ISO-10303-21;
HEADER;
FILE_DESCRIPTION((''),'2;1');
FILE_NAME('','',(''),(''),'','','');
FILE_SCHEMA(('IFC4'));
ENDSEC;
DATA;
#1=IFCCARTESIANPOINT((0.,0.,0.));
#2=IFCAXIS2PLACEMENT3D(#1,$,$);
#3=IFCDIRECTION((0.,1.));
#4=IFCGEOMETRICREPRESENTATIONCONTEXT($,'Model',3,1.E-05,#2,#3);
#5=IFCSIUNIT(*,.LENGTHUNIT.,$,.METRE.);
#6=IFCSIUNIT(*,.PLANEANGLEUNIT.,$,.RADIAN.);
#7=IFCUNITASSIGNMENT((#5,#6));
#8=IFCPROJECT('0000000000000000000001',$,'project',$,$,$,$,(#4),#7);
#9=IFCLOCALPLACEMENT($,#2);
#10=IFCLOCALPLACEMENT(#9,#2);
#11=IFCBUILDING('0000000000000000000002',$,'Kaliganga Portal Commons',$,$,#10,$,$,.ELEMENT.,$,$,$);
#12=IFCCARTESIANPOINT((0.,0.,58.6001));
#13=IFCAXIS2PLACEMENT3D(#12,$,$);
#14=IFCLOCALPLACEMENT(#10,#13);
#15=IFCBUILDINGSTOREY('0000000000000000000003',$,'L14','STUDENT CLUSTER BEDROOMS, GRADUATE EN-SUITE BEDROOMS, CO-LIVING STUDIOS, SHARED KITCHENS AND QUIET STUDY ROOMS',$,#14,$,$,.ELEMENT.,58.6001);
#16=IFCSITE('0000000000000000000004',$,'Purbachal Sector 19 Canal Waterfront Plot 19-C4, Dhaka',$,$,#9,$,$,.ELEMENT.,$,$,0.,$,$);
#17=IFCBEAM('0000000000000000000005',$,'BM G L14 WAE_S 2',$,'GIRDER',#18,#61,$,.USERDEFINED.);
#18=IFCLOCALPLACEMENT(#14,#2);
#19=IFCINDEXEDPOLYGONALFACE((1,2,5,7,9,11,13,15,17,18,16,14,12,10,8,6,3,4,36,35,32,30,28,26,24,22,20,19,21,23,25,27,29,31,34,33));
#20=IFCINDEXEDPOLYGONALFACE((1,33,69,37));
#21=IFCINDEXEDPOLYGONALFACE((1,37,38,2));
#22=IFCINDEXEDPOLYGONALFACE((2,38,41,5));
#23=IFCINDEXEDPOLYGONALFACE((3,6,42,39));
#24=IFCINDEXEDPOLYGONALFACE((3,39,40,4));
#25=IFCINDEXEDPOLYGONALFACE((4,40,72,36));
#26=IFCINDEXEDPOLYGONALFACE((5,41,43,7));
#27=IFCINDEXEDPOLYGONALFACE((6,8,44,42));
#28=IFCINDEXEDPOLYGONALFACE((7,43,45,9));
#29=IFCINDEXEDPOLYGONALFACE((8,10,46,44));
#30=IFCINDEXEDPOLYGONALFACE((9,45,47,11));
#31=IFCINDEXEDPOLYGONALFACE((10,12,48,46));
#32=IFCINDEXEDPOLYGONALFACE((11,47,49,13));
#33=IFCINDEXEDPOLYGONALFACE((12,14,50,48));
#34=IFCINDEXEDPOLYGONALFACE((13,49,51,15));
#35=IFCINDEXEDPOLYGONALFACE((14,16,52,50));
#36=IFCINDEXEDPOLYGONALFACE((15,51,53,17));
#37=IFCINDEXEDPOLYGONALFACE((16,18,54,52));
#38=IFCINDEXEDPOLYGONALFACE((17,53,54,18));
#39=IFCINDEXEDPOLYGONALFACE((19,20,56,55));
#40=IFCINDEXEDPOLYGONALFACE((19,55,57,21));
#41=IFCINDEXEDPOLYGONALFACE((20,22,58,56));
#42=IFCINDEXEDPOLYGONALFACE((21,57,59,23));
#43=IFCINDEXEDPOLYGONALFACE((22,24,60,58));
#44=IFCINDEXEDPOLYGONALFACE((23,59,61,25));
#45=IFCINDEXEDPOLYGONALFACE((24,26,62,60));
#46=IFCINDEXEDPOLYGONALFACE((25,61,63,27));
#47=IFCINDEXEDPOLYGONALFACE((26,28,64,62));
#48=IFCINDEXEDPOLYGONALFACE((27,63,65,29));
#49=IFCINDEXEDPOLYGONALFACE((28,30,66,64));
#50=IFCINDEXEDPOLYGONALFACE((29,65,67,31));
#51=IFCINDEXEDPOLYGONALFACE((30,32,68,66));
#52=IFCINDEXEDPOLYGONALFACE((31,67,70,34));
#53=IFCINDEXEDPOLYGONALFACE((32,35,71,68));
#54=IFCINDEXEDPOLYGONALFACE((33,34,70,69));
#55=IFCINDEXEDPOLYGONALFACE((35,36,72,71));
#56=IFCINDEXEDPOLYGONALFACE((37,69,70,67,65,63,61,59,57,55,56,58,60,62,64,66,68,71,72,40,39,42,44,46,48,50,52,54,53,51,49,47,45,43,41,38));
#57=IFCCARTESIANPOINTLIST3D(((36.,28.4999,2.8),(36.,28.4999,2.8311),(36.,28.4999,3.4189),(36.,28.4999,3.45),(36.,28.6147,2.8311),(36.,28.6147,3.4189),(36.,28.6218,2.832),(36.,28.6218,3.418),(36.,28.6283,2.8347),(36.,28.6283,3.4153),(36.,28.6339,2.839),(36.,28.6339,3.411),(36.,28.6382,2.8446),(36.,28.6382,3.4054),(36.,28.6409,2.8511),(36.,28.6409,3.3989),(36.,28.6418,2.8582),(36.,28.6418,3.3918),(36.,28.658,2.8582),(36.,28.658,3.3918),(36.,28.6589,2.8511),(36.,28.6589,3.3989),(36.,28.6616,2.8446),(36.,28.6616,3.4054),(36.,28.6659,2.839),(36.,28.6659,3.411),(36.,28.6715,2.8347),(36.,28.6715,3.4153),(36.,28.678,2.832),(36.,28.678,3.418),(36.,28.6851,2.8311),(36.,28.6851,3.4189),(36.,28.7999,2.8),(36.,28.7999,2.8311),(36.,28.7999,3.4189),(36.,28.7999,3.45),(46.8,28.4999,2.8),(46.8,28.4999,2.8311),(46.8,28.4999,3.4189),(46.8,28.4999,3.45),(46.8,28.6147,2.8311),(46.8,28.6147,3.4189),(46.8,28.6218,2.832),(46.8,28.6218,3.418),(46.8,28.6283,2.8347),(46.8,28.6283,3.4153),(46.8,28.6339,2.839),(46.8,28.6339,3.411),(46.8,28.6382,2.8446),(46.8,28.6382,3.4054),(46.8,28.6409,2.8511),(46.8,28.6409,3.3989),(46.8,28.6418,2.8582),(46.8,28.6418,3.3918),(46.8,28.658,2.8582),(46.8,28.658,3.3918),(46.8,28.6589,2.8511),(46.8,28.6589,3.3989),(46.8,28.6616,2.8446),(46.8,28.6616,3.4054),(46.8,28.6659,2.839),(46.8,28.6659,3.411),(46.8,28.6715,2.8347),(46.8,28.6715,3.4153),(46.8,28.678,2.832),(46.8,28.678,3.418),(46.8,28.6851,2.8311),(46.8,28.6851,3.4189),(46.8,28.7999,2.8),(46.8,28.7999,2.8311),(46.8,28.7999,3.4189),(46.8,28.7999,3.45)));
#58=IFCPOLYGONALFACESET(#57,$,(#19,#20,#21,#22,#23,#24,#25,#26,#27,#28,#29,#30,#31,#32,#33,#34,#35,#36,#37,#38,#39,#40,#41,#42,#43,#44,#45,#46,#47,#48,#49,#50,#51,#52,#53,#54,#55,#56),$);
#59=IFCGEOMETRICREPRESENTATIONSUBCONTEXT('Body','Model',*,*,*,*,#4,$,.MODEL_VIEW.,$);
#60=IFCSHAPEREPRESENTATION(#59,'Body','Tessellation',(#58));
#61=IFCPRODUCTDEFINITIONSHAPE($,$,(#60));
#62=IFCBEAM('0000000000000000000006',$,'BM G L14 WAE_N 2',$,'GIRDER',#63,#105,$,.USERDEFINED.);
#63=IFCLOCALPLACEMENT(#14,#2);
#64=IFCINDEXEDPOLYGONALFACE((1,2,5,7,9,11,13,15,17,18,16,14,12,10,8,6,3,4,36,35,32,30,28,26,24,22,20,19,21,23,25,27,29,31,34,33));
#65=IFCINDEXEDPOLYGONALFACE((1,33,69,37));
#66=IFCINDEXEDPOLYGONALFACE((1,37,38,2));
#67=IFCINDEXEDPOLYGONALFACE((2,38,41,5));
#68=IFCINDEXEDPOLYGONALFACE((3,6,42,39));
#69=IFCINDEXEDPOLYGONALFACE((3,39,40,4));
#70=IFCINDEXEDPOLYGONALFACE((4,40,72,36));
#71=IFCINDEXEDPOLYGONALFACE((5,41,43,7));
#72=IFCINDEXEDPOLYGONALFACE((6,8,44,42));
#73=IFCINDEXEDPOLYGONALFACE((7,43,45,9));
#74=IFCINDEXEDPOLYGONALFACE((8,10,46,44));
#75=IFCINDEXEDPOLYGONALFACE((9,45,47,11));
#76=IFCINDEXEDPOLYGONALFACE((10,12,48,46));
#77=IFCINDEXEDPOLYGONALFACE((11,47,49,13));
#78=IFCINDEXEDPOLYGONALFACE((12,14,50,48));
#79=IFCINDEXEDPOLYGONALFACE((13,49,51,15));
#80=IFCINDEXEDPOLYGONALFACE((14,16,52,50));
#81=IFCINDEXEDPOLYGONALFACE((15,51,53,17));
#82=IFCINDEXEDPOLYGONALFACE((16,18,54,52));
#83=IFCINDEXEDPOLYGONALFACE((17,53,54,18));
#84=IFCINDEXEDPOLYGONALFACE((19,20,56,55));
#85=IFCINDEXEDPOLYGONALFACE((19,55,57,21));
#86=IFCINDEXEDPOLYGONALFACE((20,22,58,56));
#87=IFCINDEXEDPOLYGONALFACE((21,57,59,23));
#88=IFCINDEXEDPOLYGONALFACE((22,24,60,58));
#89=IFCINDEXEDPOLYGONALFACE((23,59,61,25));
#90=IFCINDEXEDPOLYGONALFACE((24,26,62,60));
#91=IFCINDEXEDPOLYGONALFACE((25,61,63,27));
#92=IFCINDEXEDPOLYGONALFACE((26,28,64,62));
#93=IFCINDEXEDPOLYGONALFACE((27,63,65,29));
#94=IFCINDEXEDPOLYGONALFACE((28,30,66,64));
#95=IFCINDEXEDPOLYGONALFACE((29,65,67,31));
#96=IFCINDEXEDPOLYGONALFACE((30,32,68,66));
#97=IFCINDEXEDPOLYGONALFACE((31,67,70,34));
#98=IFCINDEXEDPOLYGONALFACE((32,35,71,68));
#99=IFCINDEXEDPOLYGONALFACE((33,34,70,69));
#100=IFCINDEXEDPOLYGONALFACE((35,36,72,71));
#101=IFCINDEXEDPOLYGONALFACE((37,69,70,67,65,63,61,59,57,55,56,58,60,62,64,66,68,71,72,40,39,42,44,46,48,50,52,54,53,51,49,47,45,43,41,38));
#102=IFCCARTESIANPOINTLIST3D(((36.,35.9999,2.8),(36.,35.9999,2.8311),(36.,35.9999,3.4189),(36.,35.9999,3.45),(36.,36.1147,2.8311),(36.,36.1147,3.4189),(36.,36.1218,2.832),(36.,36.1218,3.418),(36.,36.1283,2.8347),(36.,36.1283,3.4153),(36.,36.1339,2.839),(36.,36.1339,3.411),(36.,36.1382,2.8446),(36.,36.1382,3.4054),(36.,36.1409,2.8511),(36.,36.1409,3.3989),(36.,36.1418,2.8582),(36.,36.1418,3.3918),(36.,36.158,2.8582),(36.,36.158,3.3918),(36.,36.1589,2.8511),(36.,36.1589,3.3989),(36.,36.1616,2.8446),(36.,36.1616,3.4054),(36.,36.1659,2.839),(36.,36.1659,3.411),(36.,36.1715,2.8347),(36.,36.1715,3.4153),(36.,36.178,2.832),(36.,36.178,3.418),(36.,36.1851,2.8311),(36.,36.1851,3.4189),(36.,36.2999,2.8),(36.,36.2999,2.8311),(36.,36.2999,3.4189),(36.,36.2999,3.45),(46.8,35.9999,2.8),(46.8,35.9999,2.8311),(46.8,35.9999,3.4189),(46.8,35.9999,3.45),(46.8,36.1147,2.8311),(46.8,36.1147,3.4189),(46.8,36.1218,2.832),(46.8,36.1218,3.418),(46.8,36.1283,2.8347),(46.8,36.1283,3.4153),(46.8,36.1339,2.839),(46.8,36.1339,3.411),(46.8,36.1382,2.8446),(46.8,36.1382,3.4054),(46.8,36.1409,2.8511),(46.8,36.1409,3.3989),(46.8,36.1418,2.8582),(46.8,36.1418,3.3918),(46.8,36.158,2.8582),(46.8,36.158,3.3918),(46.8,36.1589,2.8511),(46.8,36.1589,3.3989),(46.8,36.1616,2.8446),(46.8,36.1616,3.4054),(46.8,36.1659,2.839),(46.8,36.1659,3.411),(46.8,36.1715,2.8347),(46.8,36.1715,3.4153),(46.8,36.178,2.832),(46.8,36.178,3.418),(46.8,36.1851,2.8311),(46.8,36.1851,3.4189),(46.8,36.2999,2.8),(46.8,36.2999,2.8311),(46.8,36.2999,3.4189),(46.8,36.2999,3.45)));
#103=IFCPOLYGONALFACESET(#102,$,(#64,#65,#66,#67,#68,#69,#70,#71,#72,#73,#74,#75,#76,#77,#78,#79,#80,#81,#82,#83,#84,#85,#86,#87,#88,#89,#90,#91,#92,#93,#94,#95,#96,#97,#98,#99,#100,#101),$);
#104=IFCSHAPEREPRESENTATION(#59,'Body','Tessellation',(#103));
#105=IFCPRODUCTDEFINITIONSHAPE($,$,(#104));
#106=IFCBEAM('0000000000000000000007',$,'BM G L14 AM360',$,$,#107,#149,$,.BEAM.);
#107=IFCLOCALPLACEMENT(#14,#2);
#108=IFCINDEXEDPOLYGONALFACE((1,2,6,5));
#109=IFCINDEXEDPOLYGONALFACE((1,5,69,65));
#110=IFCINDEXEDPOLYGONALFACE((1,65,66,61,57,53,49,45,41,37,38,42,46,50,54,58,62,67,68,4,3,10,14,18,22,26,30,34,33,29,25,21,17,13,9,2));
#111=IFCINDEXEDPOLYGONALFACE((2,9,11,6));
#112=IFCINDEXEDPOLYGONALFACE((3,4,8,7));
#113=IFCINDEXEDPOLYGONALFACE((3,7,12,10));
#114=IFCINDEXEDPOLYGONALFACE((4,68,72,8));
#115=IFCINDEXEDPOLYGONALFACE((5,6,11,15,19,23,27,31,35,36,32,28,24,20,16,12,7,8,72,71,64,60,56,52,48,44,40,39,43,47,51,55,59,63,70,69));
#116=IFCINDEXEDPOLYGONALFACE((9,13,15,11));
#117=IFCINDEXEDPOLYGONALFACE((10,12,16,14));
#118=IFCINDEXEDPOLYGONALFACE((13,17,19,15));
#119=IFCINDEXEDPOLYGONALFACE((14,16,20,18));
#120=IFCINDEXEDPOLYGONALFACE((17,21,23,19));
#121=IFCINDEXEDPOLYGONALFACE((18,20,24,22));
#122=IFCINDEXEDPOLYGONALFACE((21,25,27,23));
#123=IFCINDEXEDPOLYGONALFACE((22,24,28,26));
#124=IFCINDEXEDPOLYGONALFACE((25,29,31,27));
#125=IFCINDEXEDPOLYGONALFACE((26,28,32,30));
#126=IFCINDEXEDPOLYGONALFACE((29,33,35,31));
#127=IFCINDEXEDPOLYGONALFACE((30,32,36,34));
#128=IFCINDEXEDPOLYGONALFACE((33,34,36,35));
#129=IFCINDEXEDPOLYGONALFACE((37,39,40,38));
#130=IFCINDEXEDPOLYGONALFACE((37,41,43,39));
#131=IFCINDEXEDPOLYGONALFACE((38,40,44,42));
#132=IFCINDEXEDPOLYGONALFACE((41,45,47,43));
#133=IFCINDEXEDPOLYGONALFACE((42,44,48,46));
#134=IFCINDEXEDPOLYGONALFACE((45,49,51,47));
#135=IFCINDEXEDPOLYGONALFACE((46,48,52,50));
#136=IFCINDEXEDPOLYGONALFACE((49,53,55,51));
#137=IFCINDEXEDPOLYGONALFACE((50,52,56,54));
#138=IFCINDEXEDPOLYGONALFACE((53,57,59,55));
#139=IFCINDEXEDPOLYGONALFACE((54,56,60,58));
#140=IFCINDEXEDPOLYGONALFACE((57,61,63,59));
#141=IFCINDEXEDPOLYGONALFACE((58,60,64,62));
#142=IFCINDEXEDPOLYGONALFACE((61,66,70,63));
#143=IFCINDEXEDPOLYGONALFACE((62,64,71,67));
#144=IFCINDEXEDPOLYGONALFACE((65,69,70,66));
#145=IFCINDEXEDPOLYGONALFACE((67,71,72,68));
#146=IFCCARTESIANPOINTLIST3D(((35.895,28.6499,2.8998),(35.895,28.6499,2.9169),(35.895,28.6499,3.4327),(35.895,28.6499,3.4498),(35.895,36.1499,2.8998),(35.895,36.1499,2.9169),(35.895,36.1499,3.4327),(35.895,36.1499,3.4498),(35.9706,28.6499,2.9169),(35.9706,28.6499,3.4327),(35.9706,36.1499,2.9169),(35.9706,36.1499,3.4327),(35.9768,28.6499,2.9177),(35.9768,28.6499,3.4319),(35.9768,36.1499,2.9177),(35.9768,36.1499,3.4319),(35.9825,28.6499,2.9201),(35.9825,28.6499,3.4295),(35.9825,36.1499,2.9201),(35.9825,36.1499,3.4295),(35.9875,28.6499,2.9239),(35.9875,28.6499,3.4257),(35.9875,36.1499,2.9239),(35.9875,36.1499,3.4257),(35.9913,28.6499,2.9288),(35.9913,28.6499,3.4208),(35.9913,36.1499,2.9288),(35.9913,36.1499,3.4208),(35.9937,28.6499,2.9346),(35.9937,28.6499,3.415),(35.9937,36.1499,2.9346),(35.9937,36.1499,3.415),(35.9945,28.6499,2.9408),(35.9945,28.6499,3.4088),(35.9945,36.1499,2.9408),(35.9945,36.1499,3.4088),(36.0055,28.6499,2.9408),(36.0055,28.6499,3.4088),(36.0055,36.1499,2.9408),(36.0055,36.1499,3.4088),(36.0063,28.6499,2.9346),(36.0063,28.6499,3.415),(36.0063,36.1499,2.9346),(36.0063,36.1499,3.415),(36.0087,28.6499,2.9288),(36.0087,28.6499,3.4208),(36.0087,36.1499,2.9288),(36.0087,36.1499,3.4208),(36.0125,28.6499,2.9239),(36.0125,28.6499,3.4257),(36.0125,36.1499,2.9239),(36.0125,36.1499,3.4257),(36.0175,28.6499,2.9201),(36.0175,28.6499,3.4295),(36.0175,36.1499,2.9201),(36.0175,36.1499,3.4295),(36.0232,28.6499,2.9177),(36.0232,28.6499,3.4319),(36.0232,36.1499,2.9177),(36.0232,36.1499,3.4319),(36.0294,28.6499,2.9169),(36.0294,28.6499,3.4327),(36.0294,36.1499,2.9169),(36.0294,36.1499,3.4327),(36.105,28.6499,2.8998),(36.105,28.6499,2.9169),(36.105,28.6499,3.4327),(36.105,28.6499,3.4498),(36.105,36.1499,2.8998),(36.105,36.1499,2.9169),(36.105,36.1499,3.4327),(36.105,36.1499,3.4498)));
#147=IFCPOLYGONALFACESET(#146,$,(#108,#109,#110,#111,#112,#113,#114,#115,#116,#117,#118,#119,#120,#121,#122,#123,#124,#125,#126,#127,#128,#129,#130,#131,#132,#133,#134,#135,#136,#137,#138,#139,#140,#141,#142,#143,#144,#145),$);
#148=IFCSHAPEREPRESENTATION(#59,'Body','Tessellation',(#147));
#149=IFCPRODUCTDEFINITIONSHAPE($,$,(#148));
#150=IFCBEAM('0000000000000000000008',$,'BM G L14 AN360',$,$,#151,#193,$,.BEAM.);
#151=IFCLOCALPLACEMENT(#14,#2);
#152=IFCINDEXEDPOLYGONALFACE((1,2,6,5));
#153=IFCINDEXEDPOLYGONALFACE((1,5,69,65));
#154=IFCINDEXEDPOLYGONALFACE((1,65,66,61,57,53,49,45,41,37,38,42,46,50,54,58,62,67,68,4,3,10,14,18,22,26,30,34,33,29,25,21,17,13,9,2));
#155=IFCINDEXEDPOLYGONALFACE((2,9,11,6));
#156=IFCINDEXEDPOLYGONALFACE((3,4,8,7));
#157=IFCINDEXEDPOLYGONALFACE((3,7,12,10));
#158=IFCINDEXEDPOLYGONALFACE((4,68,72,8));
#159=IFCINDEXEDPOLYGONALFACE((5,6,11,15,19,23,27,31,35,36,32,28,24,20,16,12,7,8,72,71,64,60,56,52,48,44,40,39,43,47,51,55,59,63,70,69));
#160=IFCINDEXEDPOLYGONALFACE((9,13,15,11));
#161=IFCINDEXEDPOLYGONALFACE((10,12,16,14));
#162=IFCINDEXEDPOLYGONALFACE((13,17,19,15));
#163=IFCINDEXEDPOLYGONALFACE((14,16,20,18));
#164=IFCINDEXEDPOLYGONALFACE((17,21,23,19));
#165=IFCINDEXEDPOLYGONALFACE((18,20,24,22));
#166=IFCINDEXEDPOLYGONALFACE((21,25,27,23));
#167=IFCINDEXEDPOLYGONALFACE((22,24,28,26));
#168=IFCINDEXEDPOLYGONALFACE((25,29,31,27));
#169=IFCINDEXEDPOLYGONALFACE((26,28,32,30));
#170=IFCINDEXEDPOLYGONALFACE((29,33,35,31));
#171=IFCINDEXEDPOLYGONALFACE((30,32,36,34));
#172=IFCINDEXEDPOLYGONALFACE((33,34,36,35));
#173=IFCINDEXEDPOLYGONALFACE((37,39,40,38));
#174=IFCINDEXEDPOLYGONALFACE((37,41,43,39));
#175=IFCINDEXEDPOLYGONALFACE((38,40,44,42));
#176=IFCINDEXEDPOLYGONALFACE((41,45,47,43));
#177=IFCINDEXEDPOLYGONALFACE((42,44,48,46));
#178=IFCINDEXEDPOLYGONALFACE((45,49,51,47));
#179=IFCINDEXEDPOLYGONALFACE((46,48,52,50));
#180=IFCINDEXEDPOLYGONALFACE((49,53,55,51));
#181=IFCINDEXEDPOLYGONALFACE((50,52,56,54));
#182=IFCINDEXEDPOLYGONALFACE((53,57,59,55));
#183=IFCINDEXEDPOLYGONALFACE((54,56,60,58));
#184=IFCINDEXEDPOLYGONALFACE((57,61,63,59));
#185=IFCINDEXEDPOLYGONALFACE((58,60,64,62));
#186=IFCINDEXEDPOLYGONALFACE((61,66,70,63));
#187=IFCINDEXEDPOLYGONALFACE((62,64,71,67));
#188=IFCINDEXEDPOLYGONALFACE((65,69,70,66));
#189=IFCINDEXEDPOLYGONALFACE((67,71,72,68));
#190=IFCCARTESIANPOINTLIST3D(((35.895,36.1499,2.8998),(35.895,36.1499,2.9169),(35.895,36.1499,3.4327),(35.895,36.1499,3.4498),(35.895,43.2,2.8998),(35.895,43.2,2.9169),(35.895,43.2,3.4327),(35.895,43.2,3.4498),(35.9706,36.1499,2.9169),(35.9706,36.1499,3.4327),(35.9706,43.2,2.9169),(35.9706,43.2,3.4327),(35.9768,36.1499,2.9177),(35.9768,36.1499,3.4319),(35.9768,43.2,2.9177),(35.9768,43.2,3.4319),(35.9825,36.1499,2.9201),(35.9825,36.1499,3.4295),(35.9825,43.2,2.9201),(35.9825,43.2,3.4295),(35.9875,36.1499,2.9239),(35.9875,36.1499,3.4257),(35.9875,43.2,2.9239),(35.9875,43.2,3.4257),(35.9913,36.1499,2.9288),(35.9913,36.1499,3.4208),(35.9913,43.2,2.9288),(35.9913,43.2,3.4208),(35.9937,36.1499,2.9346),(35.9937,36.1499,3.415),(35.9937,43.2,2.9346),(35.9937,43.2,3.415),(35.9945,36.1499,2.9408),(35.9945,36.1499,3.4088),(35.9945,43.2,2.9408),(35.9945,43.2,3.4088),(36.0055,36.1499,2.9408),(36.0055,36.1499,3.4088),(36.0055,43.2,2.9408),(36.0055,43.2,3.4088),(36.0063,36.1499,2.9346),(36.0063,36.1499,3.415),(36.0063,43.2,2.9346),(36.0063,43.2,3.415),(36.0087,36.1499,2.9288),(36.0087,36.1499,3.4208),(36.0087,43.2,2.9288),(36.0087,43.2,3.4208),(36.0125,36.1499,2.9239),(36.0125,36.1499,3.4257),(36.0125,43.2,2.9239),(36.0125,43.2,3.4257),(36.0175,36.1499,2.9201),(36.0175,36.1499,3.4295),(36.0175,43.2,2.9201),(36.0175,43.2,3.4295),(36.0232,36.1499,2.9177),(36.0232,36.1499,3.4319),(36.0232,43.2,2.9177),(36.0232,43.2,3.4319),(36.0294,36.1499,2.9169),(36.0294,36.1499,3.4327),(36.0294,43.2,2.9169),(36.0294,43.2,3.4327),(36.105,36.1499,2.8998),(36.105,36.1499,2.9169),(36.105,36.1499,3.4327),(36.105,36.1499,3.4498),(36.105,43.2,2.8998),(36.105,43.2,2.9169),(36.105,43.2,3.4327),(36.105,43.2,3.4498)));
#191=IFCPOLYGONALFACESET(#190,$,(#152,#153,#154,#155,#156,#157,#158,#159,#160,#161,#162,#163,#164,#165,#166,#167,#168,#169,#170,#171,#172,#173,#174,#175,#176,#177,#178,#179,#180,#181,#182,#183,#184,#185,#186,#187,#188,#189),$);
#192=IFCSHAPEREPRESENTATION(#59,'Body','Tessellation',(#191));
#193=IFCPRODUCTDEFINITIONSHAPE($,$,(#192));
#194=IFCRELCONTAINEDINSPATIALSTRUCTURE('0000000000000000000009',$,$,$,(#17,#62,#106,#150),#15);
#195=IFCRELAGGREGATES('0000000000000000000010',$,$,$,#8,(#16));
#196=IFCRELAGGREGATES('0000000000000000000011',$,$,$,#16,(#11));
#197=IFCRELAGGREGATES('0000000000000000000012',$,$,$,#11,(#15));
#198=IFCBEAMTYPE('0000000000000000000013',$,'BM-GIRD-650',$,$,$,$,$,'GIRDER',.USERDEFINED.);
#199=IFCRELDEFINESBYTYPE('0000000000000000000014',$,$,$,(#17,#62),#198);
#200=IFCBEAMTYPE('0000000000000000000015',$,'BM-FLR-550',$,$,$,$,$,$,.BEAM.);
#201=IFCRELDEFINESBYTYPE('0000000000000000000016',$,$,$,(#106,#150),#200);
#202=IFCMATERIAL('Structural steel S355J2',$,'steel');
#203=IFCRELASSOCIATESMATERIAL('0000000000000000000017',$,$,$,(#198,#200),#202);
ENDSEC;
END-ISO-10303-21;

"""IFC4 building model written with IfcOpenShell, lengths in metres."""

from ifc_helpers import new_model, si_unit, direction, frame, origin, origin_2d, place, context, subcontext, project, spatial, i_section, extrude, source, transform, mapped, material, material_profile, profile_set, type_object, element, save


model = new_model("IFC4")

# Units and contexts
model_context = context("Model", 3, precision=1e-05, world=origin(), true_north=direction((0.0, 1.0)))
body_context = subcontext(model_context, "Body", "Model", "MODEL_VIEW")
ifc_project = project(units=[si_unit("LENGTHUNIT", "METRE"), si_unit("PLANEANGLEUNIT", "RADIAN")], contexts=[model_context])

# Site, building, storey
site_placement = place(None, origin())
site = spatial("IfcSite", under=ifc_project, at=site_placement, Name="Purbachal Sector 19 Canal Waterfront Plot 19-C4, Dhaka", CompositionType="ELEMENT", RefElevation=0.0)
building_placement = place(site_placement, origin())
building = spatial("IfcBuilding", under=site, at=building_placement, Name="Kaliganga Portal Commons", CompositionType="ELEMENT")
storey_placement = place(building_placement, frame((0.0, 0.0, 58.6001)))
storey = spatial("IfcBuildingStorey", under=building, at=storey_placement, Name="L14", Description="STUDENT CLUSTER BEDROOMS, GRADUATE EN-SUITE BEDROOMS, CO-LIVING STUDIOS, SHARED KITCHENS AND QUIET STUDY ROOMS", CompositionType="ELEMENT", Elevation=58.6001)

# Beams
ifc_material_1 = material(Name="Structural steel S355J2", Category="steel")
ifc_material_profile_1 = material_profile(ifc_material_1, i_section(OverallWidth=0.3, OverallDepth=0.6499, WebThickness=0.0161, FlangeThickness=0.031, FilletRadius=0.0271, at=origin_2d()), Name="HE 650 B")
ifc_profile_set_1 = profile_set([ifc_material_profile_1], Name="Structural steel S355J2 wide-flange")
beam_type_1 = type_object("IfcBeamType", Name="BM-GIRD-650", ElementType="GIRDER", PredefinedType="USERDEFINED", material=ifc_profile_set_1)
shared_shape_1 = source(origin(), body_context, "Body", "SweptSolid", [
    extrude(i_section(OverallWidth=0.3, OverallDepth=0.6499, WebThickness=0.0161, FlangeThickness=0.031, FilletRadius=0.0271, at=origin_2d()), origin(), (0.0, 0.0, 1.0), 10.8),
])
for number, where, z_axis, x_axis, name in (
    (1, (36.0, 28.6499, 3.125), (1.0, 0.0, 0.0), (0.0, 1.0, 0.0), "BM G L14 WAE_S 2"),
    (2, (36.0, 36.1499, 3.125), (1.0, 0.0, 0.0), (0.0, 1.0, 0.0), "BM G L14 WAE_N 2"),
):
    element("IfcBeam", number, at=place(storey_placement, frame(where, z_axis=z_axis, x_axis=x_axis)), inside=storey, type_object=beam_type_1, Name=name, ObjectType="GIRDER", PredefinedType="USERDEFINED", context=body_context, shape_type="MappedRepresentation", body=[
        mapped(shared_shape_1, transform((0.0, 0.0, 0.0), x_axis=(1.0, 0.0, 0.0), y_axis=(0.0, 1.0, 0.0), z_axis=(0.0, 0.0, 1.0), scale=1.0)),
    ])
ifc_material_profile_2 = material_profile(ifc_material_1, i_section(OverallWidth=0.21, OverallDepth=0.55, WebThickness=0.011, FlangeThickness=0.0171, FilletRadius=0.0239, at=origin_2d()), Name="IPE 550")
ifc_profile_set_2 = profile_set([ifc_material_profile_2], Name="Structural steel S355J2 wide-flange")
beam_type_2 = type_object("IfcBeamType", Name="BM-FLR-550", PredefinedType="BEAM", material=ifc_profile_set_2)
shared_shape_2 = source(origin(), body_context, "Body", "SweptSolid", [
    extrude(i_section(OverallWidth=0.21, OverallDepth=0.55, WebThickness=0.011, FlangeThickness=0.0171, FilletRadius=0.0239, at=origin_2d()), origin(), (0.0, 0.0, 1.0), 7.5),
])
beam_1_placement = place(storey_placement, frame((36.0, 28.6499, 3.1748), z_axis=(0.0, 1.0, 0.0), x_axis=(-1.0, 0.0, 0.0)))
element("IfcBeam", 3, at=beam_1_placement, inside=storey, type_object=beam_type_2, Name="BM G L14 AM360", PredefinedType="BEAM", context=body_context, shape_type="MappedRepresentation", body=[
    mapped(shared_shape_2, transform((0.0, 0.0, 0.0), x_axis=(1.0, 0.0, 0.0), y_axis=(0.0, 1.0, 0.0), z_axis=(0.0, 0.0, 1.0), scale=1.0)),
])
shared_shape_3 = source(origin(), body_context, "Body", "SweptSolid", [
    extrude(i_section(OverallWidth=0.21, OverallDepth=0.55, WebThickness=0.011, FlangeThickness=0.0171, FilletRadius=0.0239, at=origin_2d()), origin(), (0.0, 0.0, 1.0), 7.05),
])
beam_2_placement = place(storey_placement, frame((36.0, 36.1499, 3.1748), z_axis=(0.0, 1.0, 0.0), x_axis=(-1.0, 0.0, 0.0)))
element("IfcBeam", 4, at=beam_2_placement, inside=storey, type_object=beam_type_2, Name="BM G L14 AN360", PredefinedType="BEAM", context=body_context, shape_type="MappedRepresentation", body=[
    mapped(shared_shape_3, transform((0.0, 0.0, 0.0), x_axis=(1.0, 0.0, 0.0), y_axis=(0.0, 1.0, 0.0), z_axis=(0.0, 0.0, 1.0), scale=1.0)),
])

save(model, "model.ifc")
